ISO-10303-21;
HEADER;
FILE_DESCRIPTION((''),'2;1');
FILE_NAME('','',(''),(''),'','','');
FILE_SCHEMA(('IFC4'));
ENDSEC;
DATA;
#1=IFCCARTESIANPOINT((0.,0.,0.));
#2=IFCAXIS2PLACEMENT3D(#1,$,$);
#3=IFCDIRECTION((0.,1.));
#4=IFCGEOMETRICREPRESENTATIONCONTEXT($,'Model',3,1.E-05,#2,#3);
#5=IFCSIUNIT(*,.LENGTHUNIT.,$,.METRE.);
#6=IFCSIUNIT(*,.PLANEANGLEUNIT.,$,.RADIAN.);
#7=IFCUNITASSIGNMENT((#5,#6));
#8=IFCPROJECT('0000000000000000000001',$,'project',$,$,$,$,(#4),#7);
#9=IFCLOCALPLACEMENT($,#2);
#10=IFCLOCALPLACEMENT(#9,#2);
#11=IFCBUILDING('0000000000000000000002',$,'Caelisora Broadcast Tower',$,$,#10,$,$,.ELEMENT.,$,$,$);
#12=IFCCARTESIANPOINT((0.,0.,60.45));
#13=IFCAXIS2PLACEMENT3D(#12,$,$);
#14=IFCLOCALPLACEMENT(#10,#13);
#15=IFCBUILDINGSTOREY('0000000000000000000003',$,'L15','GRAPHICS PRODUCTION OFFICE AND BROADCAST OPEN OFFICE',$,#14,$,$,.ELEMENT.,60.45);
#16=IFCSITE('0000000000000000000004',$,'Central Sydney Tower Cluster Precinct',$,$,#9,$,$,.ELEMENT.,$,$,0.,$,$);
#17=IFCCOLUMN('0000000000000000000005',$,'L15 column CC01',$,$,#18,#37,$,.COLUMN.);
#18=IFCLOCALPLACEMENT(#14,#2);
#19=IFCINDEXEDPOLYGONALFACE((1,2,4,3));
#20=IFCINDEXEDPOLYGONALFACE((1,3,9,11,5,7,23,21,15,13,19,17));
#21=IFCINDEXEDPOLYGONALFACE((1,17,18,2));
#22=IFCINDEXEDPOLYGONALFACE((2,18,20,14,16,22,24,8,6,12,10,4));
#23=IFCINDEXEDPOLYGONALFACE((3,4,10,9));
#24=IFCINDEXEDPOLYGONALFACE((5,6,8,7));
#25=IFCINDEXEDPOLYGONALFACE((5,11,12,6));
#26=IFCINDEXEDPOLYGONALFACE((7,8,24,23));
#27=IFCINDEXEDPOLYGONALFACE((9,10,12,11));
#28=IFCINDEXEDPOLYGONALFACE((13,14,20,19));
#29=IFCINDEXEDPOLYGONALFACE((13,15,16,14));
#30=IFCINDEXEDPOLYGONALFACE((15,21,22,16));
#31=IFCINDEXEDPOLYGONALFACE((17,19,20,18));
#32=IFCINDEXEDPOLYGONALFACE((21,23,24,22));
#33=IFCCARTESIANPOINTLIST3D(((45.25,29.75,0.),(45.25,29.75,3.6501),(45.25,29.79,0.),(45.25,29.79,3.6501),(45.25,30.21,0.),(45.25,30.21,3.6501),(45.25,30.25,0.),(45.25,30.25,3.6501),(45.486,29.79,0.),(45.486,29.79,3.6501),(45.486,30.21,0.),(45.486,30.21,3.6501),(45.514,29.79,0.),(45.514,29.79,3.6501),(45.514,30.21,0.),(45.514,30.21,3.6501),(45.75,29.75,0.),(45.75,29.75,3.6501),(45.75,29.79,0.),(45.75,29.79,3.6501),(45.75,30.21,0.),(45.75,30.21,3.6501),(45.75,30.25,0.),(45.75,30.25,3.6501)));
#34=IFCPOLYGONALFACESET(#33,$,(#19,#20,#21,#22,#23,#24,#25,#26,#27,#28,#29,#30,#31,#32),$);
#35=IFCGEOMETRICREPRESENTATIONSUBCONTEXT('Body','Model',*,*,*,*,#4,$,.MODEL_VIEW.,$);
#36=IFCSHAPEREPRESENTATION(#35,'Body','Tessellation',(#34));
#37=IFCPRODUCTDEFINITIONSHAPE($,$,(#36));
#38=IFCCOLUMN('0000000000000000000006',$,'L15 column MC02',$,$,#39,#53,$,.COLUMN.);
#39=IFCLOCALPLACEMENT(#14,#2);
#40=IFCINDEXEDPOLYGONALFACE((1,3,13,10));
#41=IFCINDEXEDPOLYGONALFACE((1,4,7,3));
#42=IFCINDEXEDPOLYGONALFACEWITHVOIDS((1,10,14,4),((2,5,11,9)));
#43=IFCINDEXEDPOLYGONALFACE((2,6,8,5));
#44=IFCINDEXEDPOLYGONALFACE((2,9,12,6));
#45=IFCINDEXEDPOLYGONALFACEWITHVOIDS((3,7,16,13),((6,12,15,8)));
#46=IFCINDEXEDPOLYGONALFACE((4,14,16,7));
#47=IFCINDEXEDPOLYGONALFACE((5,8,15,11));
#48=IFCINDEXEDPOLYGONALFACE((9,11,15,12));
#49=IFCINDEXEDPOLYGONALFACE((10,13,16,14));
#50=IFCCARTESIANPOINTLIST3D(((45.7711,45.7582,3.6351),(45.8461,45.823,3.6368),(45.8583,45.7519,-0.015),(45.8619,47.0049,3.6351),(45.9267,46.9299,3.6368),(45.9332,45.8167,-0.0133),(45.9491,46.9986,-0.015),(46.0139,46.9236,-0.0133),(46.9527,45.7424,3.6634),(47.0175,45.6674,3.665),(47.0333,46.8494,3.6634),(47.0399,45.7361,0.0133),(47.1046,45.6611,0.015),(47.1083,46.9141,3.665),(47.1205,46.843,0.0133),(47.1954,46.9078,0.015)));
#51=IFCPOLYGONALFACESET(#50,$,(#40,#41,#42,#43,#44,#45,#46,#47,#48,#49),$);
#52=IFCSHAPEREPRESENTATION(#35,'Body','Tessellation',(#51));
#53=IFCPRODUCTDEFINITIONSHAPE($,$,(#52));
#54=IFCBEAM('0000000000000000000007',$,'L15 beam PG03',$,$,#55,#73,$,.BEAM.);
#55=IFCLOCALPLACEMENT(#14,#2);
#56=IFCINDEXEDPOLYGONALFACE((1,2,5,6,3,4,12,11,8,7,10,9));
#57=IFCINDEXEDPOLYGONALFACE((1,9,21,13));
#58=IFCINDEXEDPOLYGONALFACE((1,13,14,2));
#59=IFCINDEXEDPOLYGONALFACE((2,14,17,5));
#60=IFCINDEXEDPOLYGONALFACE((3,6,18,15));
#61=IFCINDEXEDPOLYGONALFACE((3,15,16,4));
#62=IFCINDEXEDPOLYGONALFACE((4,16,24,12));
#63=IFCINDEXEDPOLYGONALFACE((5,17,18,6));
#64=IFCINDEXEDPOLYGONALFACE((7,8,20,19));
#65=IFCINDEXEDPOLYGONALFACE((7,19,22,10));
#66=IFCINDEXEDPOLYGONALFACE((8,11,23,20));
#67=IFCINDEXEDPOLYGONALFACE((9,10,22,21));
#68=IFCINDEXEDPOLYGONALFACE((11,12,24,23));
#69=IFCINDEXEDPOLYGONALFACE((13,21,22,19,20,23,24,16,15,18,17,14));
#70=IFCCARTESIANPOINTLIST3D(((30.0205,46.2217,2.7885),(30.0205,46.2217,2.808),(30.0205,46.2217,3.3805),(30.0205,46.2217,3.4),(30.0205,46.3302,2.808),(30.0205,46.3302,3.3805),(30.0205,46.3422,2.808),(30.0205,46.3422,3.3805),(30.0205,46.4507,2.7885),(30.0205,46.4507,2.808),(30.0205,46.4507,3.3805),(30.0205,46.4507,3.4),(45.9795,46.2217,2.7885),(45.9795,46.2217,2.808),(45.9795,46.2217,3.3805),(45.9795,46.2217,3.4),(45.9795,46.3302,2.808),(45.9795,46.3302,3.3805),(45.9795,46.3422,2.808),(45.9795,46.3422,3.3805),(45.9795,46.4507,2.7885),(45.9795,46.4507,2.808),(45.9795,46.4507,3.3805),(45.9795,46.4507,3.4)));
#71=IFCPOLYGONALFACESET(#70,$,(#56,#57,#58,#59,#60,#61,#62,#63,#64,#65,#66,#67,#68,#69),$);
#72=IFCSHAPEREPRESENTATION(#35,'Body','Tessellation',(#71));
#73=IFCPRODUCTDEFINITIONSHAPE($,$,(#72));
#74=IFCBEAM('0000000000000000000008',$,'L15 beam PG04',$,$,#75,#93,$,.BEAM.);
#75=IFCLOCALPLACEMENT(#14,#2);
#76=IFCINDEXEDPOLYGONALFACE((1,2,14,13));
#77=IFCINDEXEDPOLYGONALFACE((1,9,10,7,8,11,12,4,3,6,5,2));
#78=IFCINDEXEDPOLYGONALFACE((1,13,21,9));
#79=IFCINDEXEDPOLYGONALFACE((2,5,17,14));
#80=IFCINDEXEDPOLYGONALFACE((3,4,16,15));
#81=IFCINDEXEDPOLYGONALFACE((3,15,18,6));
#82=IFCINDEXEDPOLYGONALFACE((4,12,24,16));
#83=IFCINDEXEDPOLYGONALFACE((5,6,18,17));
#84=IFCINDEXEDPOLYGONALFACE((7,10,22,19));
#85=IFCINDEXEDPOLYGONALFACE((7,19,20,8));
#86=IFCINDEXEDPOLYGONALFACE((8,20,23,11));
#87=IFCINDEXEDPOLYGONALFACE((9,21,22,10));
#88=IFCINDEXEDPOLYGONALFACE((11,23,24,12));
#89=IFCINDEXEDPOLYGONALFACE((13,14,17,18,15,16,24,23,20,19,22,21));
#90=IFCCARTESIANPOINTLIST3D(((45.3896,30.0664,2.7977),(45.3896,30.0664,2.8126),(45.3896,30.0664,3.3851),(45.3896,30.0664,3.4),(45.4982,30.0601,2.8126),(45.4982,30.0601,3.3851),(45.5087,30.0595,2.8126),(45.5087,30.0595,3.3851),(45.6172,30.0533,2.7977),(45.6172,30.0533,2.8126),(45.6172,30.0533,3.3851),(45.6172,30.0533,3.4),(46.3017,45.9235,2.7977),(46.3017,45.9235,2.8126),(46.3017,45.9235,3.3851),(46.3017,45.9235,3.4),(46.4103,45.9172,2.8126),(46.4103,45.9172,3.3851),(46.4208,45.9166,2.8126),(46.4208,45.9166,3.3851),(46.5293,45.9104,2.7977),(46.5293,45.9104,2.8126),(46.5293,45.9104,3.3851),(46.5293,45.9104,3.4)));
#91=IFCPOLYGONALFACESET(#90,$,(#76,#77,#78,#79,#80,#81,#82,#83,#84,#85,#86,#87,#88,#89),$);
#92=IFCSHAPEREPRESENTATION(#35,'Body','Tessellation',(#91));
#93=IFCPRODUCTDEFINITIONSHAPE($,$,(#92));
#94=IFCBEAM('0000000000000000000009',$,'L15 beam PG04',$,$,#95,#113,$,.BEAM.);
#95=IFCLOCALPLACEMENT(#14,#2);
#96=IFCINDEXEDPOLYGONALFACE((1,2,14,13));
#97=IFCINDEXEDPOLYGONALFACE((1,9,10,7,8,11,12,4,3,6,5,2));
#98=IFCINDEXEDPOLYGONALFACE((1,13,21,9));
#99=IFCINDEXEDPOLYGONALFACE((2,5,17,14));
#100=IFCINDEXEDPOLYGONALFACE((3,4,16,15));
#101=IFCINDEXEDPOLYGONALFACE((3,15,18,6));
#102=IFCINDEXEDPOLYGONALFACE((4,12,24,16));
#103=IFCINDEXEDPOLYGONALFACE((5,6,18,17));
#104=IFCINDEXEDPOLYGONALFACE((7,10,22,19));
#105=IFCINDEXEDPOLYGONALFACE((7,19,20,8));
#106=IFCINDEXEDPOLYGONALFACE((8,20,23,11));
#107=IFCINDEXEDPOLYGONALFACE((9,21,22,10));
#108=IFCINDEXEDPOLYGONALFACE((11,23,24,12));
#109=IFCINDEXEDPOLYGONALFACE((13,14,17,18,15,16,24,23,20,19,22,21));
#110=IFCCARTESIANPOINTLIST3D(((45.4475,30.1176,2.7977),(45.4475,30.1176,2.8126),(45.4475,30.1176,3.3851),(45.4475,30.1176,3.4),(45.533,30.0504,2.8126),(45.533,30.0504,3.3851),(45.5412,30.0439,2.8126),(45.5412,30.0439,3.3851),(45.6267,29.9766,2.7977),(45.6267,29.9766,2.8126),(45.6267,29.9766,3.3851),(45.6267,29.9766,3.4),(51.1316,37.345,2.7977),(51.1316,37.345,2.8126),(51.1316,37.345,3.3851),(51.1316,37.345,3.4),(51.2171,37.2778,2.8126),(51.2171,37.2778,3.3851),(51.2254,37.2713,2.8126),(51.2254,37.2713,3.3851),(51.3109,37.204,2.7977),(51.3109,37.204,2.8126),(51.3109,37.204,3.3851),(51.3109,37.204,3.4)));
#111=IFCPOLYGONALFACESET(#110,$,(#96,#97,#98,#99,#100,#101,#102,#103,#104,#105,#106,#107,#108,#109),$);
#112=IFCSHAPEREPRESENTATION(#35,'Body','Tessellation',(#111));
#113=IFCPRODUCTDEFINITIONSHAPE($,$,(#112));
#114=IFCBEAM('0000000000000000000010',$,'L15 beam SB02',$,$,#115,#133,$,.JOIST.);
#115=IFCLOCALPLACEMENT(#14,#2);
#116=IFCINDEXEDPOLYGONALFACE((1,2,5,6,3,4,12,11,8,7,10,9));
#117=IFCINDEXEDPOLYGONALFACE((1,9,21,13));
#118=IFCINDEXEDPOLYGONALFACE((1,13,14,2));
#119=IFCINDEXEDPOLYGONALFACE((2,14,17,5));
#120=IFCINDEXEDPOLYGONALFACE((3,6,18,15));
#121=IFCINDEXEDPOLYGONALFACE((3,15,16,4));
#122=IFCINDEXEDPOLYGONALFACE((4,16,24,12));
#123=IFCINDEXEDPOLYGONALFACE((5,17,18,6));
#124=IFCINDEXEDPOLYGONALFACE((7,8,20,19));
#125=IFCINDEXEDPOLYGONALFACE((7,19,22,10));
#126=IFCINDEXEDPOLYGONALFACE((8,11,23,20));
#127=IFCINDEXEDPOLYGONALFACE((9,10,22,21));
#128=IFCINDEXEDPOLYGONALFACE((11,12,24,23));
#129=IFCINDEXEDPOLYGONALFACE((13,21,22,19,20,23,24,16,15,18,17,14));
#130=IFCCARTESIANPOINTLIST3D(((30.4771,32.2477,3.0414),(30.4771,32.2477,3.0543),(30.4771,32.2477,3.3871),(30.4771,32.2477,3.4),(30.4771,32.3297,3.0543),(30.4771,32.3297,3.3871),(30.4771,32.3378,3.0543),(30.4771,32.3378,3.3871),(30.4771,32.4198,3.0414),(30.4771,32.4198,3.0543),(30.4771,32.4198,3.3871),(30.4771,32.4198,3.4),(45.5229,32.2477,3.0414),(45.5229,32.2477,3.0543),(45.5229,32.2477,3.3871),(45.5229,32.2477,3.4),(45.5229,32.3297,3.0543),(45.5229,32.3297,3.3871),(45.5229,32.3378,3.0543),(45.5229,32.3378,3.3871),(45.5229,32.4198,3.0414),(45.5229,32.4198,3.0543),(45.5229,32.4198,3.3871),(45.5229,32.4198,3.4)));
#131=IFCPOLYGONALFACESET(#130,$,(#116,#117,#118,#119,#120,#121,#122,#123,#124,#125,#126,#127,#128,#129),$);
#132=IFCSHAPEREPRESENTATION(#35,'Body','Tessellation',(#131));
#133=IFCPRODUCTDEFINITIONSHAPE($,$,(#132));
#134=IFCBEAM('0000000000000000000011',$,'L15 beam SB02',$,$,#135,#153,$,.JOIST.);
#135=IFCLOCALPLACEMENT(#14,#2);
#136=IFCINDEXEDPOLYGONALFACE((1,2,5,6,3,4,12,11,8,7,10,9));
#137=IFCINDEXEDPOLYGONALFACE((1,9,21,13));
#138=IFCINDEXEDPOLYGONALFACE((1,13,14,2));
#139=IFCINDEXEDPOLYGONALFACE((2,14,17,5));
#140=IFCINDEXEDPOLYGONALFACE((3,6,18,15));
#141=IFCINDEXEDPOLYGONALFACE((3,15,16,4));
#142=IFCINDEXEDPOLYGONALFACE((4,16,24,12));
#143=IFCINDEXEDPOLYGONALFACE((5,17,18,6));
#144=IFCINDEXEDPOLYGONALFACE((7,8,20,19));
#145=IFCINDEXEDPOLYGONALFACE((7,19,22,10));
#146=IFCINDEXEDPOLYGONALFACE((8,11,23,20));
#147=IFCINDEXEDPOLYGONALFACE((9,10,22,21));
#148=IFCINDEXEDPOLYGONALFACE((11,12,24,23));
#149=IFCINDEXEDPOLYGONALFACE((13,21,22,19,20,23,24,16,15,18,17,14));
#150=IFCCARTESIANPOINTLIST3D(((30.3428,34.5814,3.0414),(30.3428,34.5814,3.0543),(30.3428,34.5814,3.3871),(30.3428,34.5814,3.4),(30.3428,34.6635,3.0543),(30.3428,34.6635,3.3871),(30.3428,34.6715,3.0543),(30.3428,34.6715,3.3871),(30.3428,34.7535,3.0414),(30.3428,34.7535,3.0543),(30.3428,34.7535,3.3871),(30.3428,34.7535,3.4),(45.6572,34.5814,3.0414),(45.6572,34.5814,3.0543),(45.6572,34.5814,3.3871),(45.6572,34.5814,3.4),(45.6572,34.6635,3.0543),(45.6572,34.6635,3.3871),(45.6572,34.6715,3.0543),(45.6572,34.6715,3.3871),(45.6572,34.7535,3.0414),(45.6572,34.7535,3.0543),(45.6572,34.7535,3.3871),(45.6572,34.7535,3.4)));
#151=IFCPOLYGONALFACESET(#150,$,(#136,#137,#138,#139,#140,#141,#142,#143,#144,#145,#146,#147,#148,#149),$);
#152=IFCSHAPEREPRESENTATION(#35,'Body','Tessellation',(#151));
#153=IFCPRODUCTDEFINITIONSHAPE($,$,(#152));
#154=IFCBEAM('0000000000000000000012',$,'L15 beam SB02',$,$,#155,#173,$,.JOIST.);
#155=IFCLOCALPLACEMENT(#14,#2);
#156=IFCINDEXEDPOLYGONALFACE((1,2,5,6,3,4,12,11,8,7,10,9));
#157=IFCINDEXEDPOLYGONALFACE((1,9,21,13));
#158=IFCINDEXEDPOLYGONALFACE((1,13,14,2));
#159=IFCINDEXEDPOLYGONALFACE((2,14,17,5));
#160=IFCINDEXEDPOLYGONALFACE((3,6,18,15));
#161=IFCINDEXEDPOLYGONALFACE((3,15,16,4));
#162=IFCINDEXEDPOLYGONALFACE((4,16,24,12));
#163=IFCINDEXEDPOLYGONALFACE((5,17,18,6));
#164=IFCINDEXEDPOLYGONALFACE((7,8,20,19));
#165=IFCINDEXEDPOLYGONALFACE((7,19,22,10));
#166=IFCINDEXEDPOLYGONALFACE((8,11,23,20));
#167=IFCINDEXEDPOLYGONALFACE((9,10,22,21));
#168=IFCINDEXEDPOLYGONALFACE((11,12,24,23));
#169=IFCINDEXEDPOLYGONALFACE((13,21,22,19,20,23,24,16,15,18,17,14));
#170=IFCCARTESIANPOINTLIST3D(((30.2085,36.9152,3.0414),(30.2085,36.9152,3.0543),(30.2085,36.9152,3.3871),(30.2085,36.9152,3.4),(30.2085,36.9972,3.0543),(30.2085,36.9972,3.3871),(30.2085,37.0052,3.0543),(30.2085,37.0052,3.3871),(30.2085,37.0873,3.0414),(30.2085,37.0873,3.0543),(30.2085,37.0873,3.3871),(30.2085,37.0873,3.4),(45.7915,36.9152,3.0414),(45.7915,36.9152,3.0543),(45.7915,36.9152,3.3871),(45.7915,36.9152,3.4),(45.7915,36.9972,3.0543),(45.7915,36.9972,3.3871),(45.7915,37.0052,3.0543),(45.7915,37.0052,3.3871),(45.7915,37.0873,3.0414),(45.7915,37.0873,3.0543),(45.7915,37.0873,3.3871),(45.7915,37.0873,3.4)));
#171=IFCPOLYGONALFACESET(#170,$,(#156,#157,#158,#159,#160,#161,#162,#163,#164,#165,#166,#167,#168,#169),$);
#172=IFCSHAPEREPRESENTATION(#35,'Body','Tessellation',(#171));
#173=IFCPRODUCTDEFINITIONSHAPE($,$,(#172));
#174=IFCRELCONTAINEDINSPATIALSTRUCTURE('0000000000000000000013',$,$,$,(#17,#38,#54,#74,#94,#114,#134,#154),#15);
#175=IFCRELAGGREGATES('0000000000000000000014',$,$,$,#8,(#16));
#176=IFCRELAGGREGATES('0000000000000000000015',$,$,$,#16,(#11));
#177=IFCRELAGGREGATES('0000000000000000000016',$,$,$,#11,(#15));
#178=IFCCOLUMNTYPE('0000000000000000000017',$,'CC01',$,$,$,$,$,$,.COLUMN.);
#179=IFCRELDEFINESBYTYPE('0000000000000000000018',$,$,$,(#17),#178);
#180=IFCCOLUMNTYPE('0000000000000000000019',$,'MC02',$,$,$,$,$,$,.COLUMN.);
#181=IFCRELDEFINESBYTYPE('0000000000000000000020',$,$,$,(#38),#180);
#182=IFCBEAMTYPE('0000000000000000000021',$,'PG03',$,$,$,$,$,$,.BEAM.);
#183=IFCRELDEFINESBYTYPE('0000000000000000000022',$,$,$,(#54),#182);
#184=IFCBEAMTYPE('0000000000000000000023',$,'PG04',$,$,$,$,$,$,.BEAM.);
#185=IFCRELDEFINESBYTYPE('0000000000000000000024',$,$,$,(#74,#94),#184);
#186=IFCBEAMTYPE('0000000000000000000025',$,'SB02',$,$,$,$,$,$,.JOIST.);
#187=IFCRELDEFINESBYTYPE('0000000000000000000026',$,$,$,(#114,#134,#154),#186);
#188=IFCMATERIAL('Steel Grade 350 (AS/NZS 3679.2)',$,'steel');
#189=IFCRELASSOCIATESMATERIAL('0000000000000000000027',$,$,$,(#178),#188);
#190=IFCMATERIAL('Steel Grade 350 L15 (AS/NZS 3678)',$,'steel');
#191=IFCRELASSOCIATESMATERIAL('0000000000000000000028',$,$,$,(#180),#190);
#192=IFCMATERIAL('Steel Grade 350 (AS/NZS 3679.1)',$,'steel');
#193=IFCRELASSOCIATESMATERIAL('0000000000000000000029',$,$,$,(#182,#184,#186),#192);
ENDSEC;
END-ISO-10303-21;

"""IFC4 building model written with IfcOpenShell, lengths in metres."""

from ifc_helpers import new_model, si_unit, direction, frame, origin, origin_2d, place, context, subcontext, project, spatial, hollow_rectangle, i_section, extrude, source, transform, mapped, material, material_profile, profile_set, type_object, type_shapes, element, save


model = new_model("IFC4")

# Units and contexts
model_context = context("Model", 3, precision=1e-05, world=origin(), true_north=direction((0.0, 1.0)))
body_context = subcontext(model_context, "Body", "Model", "MODEL_VIEW")
ifc_project = project(units=[si_unit("LENGTHUNIT", "METRE"), si_unit("PLANEANGLEUNIT", "RADIAN")], contexts=[model_context])

# Site, building, storey
site_placement = place(None, origin())
site = spatial("IfcSite", under=ifc_project, at=site_placement, Name="Central Sydney Tower Cluster Precinct", CompositionType="ELEMENT", RefElevation=0.0)
building_placement = place(site_placement, origin())
building = spatial("IfcBuilding", under=site, at=building_placement, Name="Caelisora Broadcast Tower", CompositionType="ELEMENT")
storey_placement = place(building_placement, frame((0.0, 0.0, 60.45)))
storey = spatial("IfcBuildingStorey", under=building, at=storey_placement, Name="L15", Description="GRAPHICS PRODUCTION OFFICE AND BROADCAST OPEN OFFICE", CompositionType="ELEMENT", Elevation=60.45)

# Columns
ifc_material_1 = material(Name="Steel Grade 350 (AS/NZS 3679.2)", Category="steel")
ifc_material_profile_1 = material_profile(ifc_material_1, i_section(OverallWidth=0.5, OverallDepth=0.5, WebThickness=0.0281, FlangeThickness=0.04, at=origin_2d()), Name="Steel Grade 350 (AS/NZS 3679.2)")
ifc_profile_set_1 = profile_set([ifc_material_profile_1], Name="Steel Grade 350 (AS/NZS 3679.2)")
column_type_1 = type_object("IfcColumnType", Name="CC01", PredefinedType="COLUMN", material=ifc_profile_set_1)
shared_shape_1 = source(origin(), body_context, "Body", "SweptSolid", [
    extrude(i_section(OverallWidth=0.5, OverallDepth=0.5, WebThickness=0.0281, FlangeThickness=0.04, at=origin_2d()), origin(), (0.0, 0.0, 1.0), 3.6501),
])
type_shapes(column_type_1, [shared_shape_1])
column_1_placement = place(storey_placement, frame((45.5, 30.0, 0.0), z_axis=(0.0, 0.0, 1.0), x_axis=(1.0, 0.0, 0.0)))
element("IfcColumn", 1, at=column_1_placement, inside=storey, type_object=column_type_1, Name="L15 column CC01", PredefinedType="COLUMN", context=body_context, shape_type="MappedRepresentation", body=[
    mapped(shared_shape_1, transform((0.0, 0.0, 0.0), scale=1.0)),
])
ifc_material_2 = material(Name="Steel Grade 350 L15 (AS/NZS 3678)", Category="steel")
ifc_material_profile_2 = material_profile(ifc_material_2, hollow_rectangle(XDim=1.25, YDim=1.25, WallThickness=0.0701, at=origin_2d()), Name="Steel Grade 350 L15 (AS/NZS 3678)")
ifc_profile_set_2 = profile_set([ifc_material_profile_2], Name="Steel Grade 350 L15 (AS/NZS 3678)")
column_type_2 = type_object("IfcColumnType", Name="MC02", PredefinedType="COLUMN", material=ifc_profile_set_2)
shared_shape_2 = source(origin(), body_context, "Body", "SweptSolid", [
    extrude(hollow_rectangle(XDim=1.25, YDim=1.25, WallThickness=0.0701, at=origin_2d()), origin(), (0.0, 0.0, 1.0), 3.6511),
])
type_shapes(column_type_2, [shared_shape_2])
column_2_placement = place(storey_placement, frame((46.5269, 46.3298, 0.0), z_axis=(-0.023871, 0.001739, 0.999714), x_axis=(-0.072637, -0.997358, 0.0)))
element("IfcColumn", 2, at=column_2_placement, inside=storey, type_object=column_type_2, Name="L15 column MC02", PredefinedType="COLUMN", context=body_context, shape_type="MappedRepresentation", body=[
    mapped(shared_shape_2, transform((0.0, 0.0, 0.0), scale=1.0)),
])

# Beams
ifc_material_3 = material(Name="Steel Grade 350 (AS/NZS 3679.1)", Category="steel")
ifc_material_profile_3 = material_profile(ifc_material_3, i_section(OverallWidth=0.229, OverallDepth=0.6116, WebThickness=0.012, FlangeThickness=0.0195, at=origin_2d()), Name="Steel Grade 350 (AS/NZS 3679.1)")
ifc_profile_set_3 = profile_set([ifc_material_profile_3], Name="Steel Grade 350 (AS/NZS 3679.1)")
beam_type_1 = type_object("IfcBeamType", Name="PG03", PredefinedType="BEAM", material=ifc_profile_set_3)
shared_shape_3 = source(origin(), body_context, "Body", "SweptSolid", [
    extrude(i_section(OverallWidth=0.229, OverallDepth=0.6116, WebThickness=0.012, FlangeThickness=0.0195, at=origin_2d()), origin(), (0.0, 0.0, 1.0), 15.959),
])
type_shapes(beam_type_1, [shared_shape_3])
beam_1_placement = place(storey_placement, frame((45.9795, 46.3362, 3.0942), z_axis=(-1.0, 0.0, 0.0), x_axis=(0.0, -1.0, 0.0)))
element("IfcBeam", 3, at=beam_1_placement, inside=storey, type_object=beam_type_1, Name="L15 beam PG03", PredefinedType="BEAM", context=body_context, shape_type="MappedRepresentation", body=[
    mapped(shared_shape_3, transform((0.0, 0.0, 0.0), scale=1.0)),
])
ifc_material_profile_4 = material_profile(ifc_material_3, i_section(OverallWidth=0.228, OverallDepth=0.6023, WebThickness=0.0105, FlangeThickness=0.0149, at=origin_2d()), Name="Steel Grade 350 (AS/NZS 3679.1)")
ifc_profile_set_4 = profile_set([ifc_material_profile_4], Name="Steel Grade 350 (AS/NZS 3679.1)")
beam_type_2 = type_object("IfcBeamType", Name="PG04", PredefinedType="BEAM", material=ifc_profile_set_4)
shared_shape_4 = source(origin(), body_context, "Body", "SweptSolid", [
    extrude(i_section(OverallWidth=0.228, OverallDepth=0.6023, WebThickness=0.0105, FlangeThickness=0.0149, at=origin_2d()), origin(), (0.0, 0.0, 1.0), 15.8833),
])
beam_2_placement = place(storey_placement, frame((45.5034, 30.0598, 3.0989), z_axis=(0.057425, 0.99835, 0.0), x_axis=(-0.99835, 0.057425, 0.0)))
element("IfcBeam", 4, at=beam_2_placement, inside=storey, type_object=beam_type_2, Name="L15 beam PG04", PredefinedType="BEAM", context=body_context, shape_type="MappedRepresentation", body=[
    mapped(shared_shape_4, transform((0.0, 0.0, 0.0), scale=1.0)),
])
shared_shape_5 = source(origin(), body_context, "Body", "SweptSolid", [
    extrude(i_section(OverallWidth=0.228, OverallDepth=0.6023, WebThickness=0.0105, FlangeThickness=0.0149, at=origin_2d()), origin(), (0.0, 0.0, 1.0), 9.1948),
])
type_shapes(beam_type_2, [shared_shape_4, shared_shape_5])
beam_3_placement = place(storey_placement, frame((45.5371, 30.0471, 3.0989), z_axis=(0.618191, 0.786028, 0.0), x_axis=(-0.786028, 0.618191, 0.0)))
element("IfcBeam", 5, at=beam_3_placement, inside=storey, type_object=beam_type_2, Name="L15 beam PG04", PredefinedType="BEAM", context=body_context, shape_type="MappedRepresentation", body=[
    mapped(shared_shape_5, transform((0.0, 0.0, 0.0), scale=1.0)),
])
ifc_material_profile_5 = material_profile(ifc_material_3, i_section(OverallWidth=0.1721, OverallDepth=0.3586, WebThickness=0.0081, FlangeThickness=0.0129, at=origin_2d()), Name="Steel Grade 350 (AS/NZS 3679.1)")
ifc_profile_set_5 = profile_set([ifc_material_profile_5], Name="Steel Grade 350 (AS/NZS 3679.1)")
beam_type_3 = type_object("IfcBeamType", Name="SB02", PredefinedType="JOIST", material=ifc_profile_set_5)
shared_shape_6 = source(origin(), body_context, "Body", "SweptSolid", [
    extrude(i_section(OverallWidth=0.1721, OverallDepth=0.3586, WebThickness=0.0081, FlangeThickness=0.0129, at=origin_2d()), origin(), (0.0, 0.0, 1.0), 15.0459),
])
beam_4_placement = place(storey_placement, frame((45.5229, 32.3337, 3.2207), z_axis=(-1.0, 0.0, 0.0), x_axis=(0.0, -1.0, 0.0)))
element("IfcBeam", 6, at=beam_4_placement, inside=storey, type_object=beam_type_3, Name="L15 beam SB02", PredefinedType="JOIST", context=body_context, shape_type="MappedRepresentation", body=[
    mapped(shared_shape_6, transform((0.0, 0.0, 0.0), scale=1.0)),
])
shared_shape_7 = source(origin(), body_context, "Body", "SweptSolid", [
    extrude(i_section(OverallWidth=0.1721, OverallDepth=0.3586, WebThickness=0.0081, FlangeThickness=0.0129, at=origin_2d()), origin(), (0.0, 0.0, 1.0), 15.3145),
])
beam_5_placement = place(storey_placement, frame((45.6572, 34.6675, 3.2207), z_axis=(-1.0, 0.0, 0.0), x_axis=(0.0, -1.0, 0.0)))
element("IfcBeam", 7, at=beam_5_placement, inside=storey, type_object=beam_type_3, Name="L15 beam SB02", PredefinedType="JOIST", context=body_context, shape_type="MappedRepresentation", body=[
    mapped(shared_shape_7, transform((0.0, 0.0, 0.0), scale=1.0)),
])
shared_shape_8 = source(origin(), body_context, "Body", "SweptSolid", [
    extrude(i_section(OverallWidth=0.1721, OverallDepth=0.3586, WebThickness=0.0081, FlangeThickness=0.0129, at=origin_2d()), origin(), (0.0, 0.0, 1.0), 15.583),
])
beam_6_placement = place(storey_placement, frame((45.7915, 37.0012, 3.2207), z_axis=(-1.0, 0.0, 0.0), x_axis=(0.0, -1.0, 0.0)))
element("IfcBeam", 8, at=beam_6_placement, inside=storey, type_object=beam_type_3, Name="L15 beam SB02", PredefinedType="JOIST", context=body_context, shape_type="MappedRepresentation", body=[
    mapped(shared_shape_8, transform((0.0, 0.0, 0.0), scale=1.0)),
])

save(model, "model.ifc")
